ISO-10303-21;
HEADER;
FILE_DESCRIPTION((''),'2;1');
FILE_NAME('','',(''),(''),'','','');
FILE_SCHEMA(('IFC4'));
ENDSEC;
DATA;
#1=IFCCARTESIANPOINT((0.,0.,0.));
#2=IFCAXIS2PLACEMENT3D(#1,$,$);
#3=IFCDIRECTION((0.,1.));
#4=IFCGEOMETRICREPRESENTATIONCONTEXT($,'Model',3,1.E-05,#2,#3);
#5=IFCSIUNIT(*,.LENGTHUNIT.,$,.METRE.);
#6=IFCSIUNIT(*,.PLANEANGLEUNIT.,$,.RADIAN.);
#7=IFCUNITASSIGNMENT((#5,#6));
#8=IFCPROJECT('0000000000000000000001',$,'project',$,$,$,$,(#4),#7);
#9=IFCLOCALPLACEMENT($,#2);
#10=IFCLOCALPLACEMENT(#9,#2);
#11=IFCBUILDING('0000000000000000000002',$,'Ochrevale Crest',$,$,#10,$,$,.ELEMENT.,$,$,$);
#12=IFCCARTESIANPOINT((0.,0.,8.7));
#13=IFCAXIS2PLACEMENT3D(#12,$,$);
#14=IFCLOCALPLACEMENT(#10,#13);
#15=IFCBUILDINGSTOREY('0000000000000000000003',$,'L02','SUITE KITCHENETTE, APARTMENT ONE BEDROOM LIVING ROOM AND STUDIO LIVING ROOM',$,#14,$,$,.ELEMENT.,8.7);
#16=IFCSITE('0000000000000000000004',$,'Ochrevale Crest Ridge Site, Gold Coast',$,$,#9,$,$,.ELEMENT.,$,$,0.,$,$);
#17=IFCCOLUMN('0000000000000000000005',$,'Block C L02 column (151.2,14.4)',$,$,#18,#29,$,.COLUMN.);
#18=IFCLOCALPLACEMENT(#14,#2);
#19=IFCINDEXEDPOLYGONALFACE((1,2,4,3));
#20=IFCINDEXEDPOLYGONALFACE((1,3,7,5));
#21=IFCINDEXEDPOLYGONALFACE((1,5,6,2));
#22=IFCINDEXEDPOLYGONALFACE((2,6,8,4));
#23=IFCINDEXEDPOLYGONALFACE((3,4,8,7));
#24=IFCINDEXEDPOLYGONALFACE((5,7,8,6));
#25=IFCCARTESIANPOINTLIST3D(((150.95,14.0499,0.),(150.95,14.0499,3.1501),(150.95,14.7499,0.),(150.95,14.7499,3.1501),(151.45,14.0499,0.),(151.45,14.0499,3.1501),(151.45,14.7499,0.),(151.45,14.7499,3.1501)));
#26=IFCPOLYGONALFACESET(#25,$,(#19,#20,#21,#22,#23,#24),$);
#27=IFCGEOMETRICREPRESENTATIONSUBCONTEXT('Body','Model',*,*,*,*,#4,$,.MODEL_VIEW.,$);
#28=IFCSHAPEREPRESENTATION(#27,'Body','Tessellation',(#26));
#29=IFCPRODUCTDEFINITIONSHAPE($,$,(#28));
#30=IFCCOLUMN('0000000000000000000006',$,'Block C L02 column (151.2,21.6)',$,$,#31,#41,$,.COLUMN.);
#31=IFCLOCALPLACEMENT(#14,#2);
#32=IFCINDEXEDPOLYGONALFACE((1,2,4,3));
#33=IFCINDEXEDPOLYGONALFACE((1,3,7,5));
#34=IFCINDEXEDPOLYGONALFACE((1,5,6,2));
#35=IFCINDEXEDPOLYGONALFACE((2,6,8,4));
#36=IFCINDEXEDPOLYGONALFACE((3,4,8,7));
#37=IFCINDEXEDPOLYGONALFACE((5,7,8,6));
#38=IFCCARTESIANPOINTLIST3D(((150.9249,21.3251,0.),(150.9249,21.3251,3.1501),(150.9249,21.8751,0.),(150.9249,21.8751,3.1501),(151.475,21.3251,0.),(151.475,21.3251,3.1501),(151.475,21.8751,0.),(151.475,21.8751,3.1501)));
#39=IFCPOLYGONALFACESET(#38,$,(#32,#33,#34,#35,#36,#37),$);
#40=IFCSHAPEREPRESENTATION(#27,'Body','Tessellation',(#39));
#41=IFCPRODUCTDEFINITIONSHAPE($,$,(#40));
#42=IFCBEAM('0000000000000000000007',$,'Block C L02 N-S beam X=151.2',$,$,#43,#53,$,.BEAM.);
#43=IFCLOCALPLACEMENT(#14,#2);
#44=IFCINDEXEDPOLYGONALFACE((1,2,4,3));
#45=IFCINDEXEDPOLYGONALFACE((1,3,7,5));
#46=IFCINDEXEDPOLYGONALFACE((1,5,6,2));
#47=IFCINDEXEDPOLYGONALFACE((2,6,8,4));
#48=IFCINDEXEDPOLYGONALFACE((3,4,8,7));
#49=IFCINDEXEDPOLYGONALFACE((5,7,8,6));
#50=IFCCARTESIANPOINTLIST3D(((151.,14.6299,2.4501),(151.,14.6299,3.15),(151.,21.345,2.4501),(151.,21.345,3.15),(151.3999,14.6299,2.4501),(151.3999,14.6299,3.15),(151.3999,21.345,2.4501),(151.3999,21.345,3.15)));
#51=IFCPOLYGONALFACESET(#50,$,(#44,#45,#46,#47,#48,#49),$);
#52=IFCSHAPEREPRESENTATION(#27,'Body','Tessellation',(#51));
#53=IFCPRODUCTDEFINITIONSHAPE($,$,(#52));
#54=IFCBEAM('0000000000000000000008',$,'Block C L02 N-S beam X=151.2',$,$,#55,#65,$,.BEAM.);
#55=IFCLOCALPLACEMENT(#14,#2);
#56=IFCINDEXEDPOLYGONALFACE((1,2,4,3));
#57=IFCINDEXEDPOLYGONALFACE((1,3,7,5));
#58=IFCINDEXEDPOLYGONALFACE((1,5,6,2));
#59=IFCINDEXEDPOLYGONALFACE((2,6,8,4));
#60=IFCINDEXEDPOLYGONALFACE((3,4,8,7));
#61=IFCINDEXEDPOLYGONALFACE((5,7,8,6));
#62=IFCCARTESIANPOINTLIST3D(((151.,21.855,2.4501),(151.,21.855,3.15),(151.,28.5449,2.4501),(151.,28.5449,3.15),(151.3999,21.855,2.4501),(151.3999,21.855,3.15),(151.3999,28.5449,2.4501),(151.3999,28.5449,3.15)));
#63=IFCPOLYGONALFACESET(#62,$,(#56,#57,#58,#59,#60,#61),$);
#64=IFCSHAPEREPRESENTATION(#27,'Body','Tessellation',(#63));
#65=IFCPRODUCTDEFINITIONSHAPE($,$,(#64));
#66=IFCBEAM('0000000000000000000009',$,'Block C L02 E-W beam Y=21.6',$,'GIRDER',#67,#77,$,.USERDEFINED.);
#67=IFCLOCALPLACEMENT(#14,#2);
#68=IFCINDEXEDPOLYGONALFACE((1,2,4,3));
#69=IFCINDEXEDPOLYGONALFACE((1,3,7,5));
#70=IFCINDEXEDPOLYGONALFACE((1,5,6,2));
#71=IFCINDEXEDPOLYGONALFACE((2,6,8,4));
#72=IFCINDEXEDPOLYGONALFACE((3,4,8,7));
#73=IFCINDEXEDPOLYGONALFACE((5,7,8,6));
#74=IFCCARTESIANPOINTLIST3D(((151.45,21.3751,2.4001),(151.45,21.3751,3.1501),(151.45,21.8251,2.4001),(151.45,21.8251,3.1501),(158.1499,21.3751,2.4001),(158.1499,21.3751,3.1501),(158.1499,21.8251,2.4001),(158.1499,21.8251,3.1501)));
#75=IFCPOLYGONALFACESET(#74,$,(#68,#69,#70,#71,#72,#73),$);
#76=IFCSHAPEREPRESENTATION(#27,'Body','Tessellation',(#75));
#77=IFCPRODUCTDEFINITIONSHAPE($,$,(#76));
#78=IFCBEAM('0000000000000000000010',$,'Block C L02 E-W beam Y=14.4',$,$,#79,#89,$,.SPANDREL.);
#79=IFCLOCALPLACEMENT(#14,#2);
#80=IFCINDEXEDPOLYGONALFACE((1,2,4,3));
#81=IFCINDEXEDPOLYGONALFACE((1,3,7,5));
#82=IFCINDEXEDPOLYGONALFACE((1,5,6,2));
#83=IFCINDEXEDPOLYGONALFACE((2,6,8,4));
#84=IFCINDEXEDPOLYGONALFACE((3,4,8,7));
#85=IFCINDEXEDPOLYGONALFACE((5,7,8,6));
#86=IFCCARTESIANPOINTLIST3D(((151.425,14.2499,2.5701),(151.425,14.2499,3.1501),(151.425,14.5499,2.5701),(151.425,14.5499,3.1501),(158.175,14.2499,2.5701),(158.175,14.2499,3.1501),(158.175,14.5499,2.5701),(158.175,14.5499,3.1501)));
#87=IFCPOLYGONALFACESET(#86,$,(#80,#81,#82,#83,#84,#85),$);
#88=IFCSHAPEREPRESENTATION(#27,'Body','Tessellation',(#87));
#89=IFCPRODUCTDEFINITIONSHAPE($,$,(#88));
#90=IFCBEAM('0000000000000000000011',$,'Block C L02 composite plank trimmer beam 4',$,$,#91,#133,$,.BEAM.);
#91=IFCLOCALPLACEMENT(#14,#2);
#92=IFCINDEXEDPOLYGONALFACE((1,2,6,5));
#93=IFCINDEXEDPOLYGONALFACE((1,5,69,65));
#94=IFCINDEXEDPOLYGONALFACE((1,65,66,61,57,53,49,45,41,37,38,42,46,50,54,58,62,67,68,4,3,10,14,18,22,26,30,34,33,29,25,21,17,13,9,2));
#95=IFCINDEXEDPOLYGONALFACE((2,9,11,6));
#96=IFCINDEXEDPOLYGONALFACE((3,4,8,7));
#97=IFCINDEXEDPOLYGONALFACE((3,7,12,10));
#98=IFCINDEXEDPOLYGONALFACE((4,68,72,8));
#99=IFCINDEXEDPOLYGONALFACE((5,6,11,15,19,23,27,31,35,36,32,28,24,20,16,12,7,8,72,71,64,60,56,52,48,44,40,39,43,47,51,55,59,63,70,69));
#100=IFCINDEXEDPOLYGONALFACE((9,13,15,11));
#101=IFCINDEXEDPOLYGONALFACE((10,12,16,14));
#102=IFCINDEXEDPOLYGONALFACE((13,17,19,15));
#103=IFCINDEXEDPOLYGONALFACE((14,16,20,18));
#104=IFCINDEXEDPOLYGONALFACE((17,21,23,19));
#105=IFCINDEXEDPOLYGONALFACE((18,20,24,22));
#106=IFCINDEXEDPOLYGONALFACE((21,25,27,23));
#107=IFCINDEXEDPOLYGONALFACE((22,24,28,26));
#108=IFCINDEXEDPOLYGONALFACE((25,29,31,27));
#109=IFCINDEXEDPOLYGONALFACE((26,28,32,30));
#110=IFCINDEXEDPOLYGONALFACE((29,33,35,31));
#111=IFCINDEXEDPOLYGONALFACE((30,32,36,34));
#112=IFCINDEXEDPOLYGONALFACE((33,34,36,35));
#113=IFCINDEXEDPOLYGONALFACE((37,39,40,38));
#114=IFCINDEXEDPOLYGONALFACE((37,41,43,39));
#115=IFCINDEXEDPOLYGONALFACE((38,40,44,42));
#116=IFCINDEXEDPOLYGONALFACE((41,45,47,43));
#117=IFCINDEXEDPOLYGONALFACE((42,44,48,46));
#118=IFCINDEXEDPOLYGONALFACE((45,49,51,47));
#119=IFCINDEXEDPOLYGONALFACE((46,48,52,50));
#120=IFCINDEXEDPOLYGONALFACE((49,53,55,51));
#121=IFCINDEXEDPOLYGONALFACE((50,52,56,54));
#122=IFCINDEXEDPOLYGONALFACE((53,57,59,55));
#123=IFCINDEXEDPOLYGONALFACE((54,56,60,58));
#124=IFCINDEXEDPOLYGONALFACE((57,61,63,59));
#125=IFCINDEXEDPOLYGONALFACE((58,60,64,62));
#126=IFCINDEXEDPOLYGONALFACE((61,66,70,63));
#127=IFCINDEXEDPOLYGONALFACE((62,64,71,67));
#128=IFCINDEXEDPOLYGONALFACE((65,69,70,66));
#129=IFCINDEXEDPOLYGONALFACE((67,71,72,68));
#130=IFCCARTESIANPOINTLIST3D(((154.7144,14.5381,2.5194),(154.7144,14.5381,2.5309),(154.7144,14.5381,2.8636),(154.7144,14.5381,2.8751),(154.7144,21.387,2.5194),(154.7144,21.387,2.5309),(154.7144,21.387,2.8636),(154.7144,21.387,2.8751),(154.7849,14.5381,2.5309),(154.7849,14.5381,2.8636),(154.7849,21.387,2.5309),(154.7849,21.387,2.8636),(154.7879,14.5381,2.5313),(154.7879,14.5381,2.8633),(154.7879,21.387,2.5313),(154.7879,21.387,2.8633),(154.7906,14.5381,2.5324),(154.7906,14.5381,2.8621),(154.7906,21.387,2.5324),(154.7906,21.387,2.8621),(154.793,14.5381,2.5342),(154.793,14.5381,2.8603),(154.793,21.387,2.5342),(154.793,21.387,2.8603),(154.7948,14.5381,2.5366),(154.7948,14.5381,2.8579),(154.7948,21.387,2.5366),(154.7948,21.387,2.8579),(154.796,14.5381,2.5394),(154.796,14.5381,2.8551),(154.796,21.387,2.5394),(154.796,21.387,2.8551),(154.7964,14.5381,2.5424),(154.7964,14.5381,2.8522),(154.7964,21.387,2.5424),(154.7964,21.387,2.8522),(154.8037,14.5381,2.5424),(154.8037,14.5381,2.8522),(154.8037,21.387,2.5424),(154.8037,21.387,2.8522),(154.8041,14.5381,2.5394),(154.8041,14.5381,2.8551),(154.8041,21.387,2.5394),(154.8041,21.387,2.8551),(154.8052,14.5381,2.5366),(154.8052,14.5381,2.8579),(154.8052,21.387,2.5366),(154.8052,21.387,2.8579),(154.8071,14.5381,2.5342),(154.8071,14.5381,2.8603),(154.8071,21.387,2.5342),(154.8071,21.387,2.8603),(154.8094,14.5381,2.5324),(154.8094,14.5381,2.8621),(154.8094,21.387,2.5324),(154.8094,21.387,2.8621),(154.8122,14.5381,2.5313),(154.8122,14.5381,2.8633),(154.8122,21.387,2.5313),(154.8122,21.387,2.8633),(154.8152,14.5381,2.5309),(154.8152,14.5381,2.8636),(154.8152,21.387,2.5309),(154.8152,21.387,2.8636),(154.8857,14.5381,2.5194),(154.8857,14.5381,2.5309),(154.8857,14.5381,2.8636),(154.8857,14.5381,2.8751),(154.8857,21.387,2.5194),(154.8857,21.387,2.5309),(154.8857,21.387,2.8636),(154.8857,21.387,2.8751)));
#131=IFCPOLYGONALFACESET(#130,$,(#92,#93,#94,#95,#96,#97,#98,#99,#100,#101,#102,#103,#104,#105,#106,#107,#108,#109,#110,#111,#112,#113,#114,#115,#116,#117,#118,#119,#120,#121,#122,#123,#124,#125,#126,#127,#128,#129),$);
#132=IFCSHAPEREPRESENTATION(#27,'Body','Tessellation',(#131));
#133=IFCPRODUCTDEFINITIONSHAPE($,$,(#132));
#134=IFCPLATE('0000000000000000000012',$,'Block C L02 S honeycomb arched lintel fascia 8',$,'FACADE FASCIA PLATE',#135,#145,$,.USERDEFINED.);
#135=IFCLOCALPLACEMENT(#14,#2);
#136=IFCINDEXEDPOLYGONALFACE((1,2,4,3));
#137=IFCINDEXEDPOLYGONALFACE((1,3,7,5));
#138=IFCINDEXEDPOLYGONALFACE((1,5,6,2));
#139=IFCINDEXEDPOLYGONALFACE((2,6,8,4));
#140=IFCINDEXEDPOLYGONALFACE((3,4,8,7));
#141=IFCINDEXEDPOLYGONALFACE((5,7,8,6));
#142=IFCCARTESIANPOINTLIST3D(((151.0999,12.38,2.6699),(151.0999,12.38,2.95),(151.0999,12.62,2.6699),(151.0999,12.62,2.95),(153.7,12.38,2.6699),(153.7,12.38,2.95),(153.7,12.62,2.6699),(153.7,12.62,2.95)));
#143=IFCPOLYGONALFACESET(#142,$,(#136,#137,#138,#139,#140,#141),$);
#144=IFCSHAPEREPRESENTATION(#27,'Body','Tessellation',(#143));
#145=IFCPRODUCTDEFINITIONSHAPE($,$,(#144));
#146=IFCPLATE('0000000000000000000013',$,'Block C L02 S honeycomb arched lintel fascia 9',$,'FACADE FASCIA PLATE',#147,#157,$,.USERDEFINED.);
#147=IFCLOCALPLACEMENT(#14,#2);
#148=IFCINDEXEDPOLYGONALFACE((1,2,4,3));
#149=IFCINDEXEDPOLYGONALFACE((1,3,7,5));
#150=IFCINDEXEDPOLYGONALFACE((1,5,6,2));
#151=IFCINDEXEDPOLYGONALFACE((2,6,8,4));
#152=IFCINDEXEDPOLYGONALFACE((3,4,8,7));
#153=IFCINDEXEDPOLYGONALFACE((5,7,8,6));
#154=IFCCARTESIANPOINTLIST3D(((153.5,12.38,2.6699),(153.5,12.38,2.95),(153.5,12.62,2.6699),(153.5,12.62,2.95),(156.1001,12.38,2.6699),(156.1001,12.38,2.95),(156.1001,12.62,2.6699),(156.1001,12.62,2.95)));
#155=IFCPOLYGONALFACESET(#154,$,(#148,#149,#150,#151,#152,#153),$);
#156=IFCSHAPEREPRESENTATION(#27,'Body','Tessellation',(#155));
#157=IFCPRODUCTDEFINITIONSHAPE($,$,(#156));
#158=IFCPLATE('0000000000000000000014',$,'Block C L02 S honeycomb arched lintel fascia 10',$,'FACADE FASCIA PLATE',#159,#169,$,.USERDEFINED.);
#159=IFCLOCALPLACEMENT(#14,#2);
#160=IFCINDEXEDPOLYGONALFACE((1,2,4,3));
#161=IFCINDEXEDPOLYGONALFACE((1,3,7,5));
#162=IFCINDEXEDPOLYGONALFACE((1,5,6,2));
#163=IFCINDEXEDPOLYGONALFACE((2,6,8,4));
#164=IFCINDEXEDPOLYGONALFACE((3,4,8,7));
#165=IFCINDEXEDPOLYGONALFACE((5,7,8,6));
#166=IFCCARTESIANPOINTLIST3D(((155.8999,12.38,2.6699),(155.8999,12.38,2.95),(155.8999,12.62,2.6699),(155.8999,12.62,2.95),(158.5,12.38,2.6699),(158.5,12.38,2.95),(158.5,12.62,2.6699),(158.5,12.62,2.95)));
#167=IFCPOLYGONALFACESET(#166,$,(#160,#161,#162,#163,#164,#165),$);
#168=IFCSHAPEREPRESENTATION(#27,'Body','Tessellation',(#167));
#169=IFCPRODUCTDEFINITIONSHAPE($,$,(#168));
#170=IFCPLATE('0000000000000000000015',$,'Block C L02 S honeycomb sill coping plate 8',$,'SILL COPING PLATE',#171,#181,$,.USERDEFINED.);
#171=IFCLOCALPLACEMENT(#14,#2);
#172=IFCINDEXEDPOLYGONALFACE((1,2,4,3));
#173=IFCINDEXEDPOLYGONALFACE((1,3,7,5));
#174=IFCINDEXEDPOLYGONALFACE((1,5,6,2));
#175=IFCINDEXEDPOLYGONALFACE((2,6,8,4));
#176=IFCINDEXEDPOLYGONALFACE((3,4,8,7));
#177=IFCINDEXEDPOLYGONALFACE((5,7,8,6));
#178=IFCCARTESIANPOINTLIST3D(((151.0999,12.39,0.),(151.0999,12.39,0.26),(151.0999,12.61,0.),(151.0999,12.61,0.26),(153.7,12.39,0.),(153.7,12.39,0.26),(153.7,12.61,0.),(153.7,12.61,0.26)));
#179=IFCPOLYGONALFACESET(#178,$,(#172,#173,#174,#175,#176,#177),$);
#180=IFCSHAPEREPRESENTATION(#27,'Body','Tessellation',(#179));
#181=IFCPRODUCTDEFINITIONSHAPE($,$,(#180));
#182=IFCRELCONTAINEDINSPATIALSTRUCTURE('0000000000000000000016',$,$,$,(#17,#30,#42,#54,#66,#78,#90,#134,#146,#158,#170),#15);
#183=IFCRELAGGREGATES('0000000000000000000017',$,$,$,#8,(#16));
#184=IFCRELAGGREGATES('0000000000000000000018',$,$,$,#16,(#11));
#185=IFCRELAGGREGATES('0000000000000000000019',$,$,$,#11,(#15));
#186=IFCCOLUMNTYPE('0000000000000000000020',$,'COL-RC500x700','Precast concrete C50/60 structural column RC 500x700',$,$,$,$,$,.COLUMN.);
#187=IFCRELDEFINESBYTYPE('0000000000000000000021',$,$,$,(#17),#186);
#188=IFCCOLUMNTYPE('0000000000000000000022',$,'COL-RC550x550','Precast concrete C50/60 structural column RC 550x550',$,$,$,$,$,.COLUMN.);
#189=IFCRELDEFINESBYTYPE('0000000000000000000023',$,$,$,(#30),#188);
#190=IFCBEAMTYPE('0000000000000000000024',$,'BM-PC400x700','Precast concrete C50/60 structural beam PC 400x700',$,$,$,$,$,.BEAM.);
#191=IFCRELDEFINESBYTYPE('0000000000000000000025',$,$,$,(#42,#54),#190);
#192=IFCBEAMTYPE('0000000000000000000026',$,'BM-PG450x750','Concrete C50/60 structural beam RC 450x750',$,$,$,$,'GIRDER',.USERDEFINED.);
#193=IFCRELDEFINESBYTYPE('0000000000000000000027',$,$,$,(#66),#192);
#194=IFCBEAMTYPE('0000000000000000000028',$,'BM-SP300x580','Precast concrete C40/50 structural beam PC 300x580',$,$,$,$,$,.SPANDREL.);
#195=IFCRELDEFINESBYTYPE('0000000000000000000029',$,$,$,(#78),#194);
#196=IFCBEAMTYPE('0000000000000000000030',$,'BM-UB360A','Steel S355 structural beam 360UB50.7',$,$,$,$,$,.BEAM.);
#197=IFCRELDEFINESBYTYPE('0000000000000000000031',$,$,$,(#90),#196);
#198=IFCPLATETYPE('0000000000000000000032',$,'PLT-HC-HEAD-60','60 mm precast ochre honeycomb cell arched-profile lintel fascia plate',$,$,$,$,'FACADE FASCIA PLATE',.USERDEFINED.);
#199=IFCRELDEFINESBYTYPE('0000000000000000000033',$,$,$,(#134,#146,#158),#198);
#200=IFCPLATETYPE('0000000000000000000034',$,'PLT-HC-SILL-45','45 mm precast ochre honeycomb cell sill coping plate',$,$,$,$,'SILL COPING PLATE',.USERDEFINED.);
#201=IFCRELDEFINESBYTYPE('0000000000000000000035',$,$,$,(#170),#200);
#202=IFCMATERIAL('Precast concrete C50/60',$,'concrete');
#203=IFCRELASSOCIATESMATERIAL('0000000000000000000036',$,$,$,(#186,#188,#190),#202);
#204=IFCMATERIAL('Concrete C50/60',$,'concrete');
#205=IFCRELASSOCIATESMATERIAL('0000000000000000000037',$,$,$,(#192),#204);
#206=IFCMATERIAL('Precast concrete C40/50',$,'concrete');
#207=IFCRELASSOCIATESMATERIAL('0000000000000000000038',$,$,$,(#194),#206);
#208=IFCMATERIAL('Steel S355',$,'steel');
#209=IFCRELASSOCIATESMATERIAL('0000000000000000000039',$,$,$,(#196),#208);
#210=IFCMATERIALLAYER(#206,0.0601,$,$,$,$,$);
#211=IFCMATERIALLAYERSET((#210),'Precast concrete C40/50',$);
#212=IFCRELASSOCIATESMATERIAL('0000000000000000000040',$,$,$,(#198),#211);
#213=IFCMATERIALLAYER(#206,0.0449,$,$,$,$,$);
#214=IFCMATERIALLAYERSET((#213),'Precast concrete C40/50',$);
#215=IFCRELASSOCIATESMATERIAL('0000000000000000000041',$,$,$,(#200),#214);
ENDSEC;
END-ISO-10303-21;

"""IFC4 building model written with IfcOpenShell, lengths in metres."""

from ifc_helpers import new_model, si_unit, direction, frame, origin, origin_2d, place, context, subcontext, project, spatial, rectangle, i_section, extrude, material, layer, layer_set, material_profile, profile_set, type_object, element, save


model = new_model("IFC4")

# Units and contexts
model_context = context("Model", 3, precision=1e-05, world=origin(), true_north=direction((0.0, 1.0)))
body_context = subcontext(model_context, "Body", "Model", "MODEL_VIEW")
ifc_project = project(units=[si_unit("LENGTHUNIT", "METRE"), si_unit("PLANEANGLEUNIT", "RADIAN")], contexts=[model_context])

# Site, building, storey
site_placement = place(None, origin())
site = spatial("IfcSite", under=ifc_project, at=site_placement, Name="Ochrevale Crest Ridge Site, Gold Coast", CompositionType="ELEMENT", RefElevation=0.0)
building_placement = place(site_placement, origin())
building = spatial("IfcBuilding", under=site, at=building_placement, Name="Ochrevale Crest", CompositionType="ELEMENT")
storey_placement = place(building_placement, frame((0.0, 0.0, 8.7)))
storey = spatial("IfcBuildingStorey", under=building, at=storey_placement, Name="L02", Description="SUITE KITCHENETTE, APARTMENT ONE BEDROOM LIVING ROOM AND STUDIO LIVING ROOM", CompositionType="ELEMENT", Elevation=8.7)

# Columns
ifc_material_1 = material(Name="Precast concrete C50/60", Category="concrete")
ifc_material_profile_1 = material_profile(ifc_material_1, rectangle(XDim=0.5, YDim=0.7, at=origin_2d()), Name="RC 500x700")
ifc_profile_set_1 = profile_set([ifc_material_profile_1], Name="Precast concrete C50/60")
column_type_1 = type_object("IfcColumnType", Name="COL-RC500x700", Description="Precast concrete C50/60 structural column RC 500x700", PredefinedType="COLUMN", material=ifc_profile_set_1)
column_1_placement = place(storey_placement, frame((151.2, 14.3999, 0.0), z_axis=(0.0, 0.0, 1.0), x_axis=(1.0, 0.0, 0.0)))
element("IfcColumn", 1, at=column_1_placement, inside=storey, type_object=column_type_1, Name="Block C L02 column (151.2,14.4)", PredefinedType="COLUMN", context=body_context, shape_type="SweptSolid", body=[
    extrude(rectangle(XDim=0.5, YDim=0.7, at=origin_2d()), origin(), (0.0, 0.0, 1.0), 3.1501),
])
ifc_material_profile_2 = material_profile(ifc_material_1, rectangle(XDim=0.55, YDim=0.55, at=origin_2d()), Name="RC 550x550")
ifc_profile_set_2 = profile_set([ifc_material_profile_2], Name="Precast concrete C50/60")
column_type_2 = type_object("IfcColumnType", Name="COL-RC550x550", Description="Precast concrete C50/60 structural column RC 550x550", PredefinedType="COLUMN", material=ifc_profile_set_2)
column_2_placement = place(storey_placement, frame((151.2, 21.6001, 0.0), z_axis=(0.0, 0.0, 1.0), x_axis=(1.0, 0.0, 0.0)))
element("IfcColumn", 2, at=column_2_placement, inside=storey, type_object=column_type_2, Name="Block C L02 column (151.2,21.6)", PredefinedType="COLUMN", context=body_context, shape_type="SweptSolid", body=[
    extrude(rectangle(XDim=0.55, YDim=0.55, at=origin_2d()), origin(), (0.0, 0.0, 1.0), 3.1501),
])

# Beams
ifc_material_profile_3 = material_profile(ifc_material_1, rectangle(XDim=0.3999, YDim=0.7, at=origin_2d()), Name="PC 400x700")
ifc_profile_set_3 = profile_set([ifc_material_profile_3], Name="Precast concrete C50/60")
beam_type_1 = type_object("IfcBeamType", Name="BM-PC400x700", Description="Precast concrete C50/60 structural beam PC 400x700", PredefinedType="BEAM", material=ifc_profile_set_3)
beam_1_placement = place(storey_placement, frame((151.2, 14.6299, 2.8), z_axis=(0.0, 1.0, 0.0), x_axis=(-1.0, 0.0, 0.0)))
element("IfcBeam", 3, at=beam_1_placement, inside=storey, type_object=beam_type_1, Name="Block C L02 N-S beam X=151.2", PredefinedType="BEAM", context=body_context, shape_type="SweptSolid", body=[
    extrude(rectangle(XDim=0.3999, YDim=0.7, at=origin_2d()), origin(), (0.0, 0.0, 1.0), 6.7151),
])
beam_2_placement = place(storey_placement, frame((151.2, 21.855, 2.8), z_axis=(0.0, 1.0, 0.0), x_axis=(-1.0, 0.0, 0.0)))
element("IfcBeam", 4, at=beam_2_placement, inside=storey, type_object=beam_type_1, Name="Block C L02 N-S beam X=151.2", PredefinedType="BEAM", context=body_context, shape_type="SweptSolid", body=[
    extrude(rectangle(XDim=0.3999, YDim=0.7, at=origin_2d()), origin(), (0.0, 0.0, 1.0), 6.6899),
])
ifc_material_2 = material(Name="Concrete C50/60", Category="concrete")
ifc_material_profile_4 = material_profile(ifc_material_2, rectangle(XDim=0.45, YDim=0.75, at=origin_2d()), Name="RC 450x750")
ifc_profile_set_4 = profile_set([ifc_material_profile_4], Name="Concrete C50/60")
beam_type_2 = type_object("IfcBeamType", Name="BM-PG450x750", Description="Concrete C50/60 structural beam RC 450x750", ElementType="GIRDER", PredefinedType="USERDEFINED", material=ifc_profile_set_4)
beam_3_placement = place(storey_placement, frame((151.45, 21.6001, 2.7751), z_axis=(1.0, 0.0, 0.0), x_axis=(0.0, 1.0, 0.0)))
element("IfcBeam", 5, at=beam_3_placement, inside=storey, type_object=beam_type_2, Name="Block C L02 E-W beam Y=21.6", ObjectType="GIRDER", PredefinedType="USERDEFINED", context=body_context, shape_type="SweptSolid", body=[
    extrude(rectangle(XDim=0.45, YDim=0.75, at=origin_2d()), origin(), (0.0, 0.0, 1.0), 6.7),
])
ifc_material_3 = material(Name="Precast concrete C40/50", Category="concrete")
ifc_material_profile_5 = material_profile(ifc_material_3, rectangle(XDim=0.3, YDim=0.5801, at=origin_2d()), Name="PC 300x580")
ifc_profile_set_5 = profile_set([ifc_material_profile_5], Name="Precast concrete C40/50")
beam_type_3 = type_object("IfcBeamType", Name="BM-SP300x580", Description="Precast concrete C40/50 structural beam PC 300x580", PredefinedType="SPANDREL", material=ifc_profile_set_5)
beam_4_placement = place(storey_placement, frame((151.425, 14.3999, 2.8601), z_axis=(1.0, 0.0, 0.0), x_axis=(0.0, 1.0, 0.0)))
element("IfcBeam", 6, at=beam_4_placement, inside=storey, type_object=beam_type_3, Name="Block C L02 E-W beam Y=14.4", PredefinedType="SPANDREL", context=body_context, shape_type="SweptSolid", body=[
    extrude(rectangle(XDim=0.3, YDim=0.5801, at=origin_2d()), origin(), (0.0, 0.0, 1.0), 6.75),
])
ifc_material_4 = material(Name="Steel S355", Category="steel")
ifc_material_profile_6 = material_profile(ifc_material_4, i_section(OverallWidth=0.1714, OverallDepth=0.3557, WebThickness=0.0073, FlangeThickness=0.0115, FilletRadius=0.0115, at=origin_2d()), Name="360UB50.7")
ifc_profile_set_6 = profile_set([ifc_material_profile_6], Name="Steel S355")
beam_type_4 = type_object("IfcBeamType", Name="BM-UB360A", Description="Steel S355 structural beam 360UB50.7", PredefinedType="BEAM", material=ifc_profile_set_6)
beam_5_placement = place(storey_placement, frame((154.8, 14.5381, 2.6973), z_axis=(0.0, 1.0, 0.0), x_axis=(-1.0, 0.0, 0.0)))
element("IfcBeam", 7, at=beam_5_placement, inside=storey, type_object=beam_type_4, Name="Block C L02 composite plank trimmer beam 4", PredefinedType="BEAM", context=body_context, shape_type="SweptSolid", body=[
    extrude(i_section(OverallWidth=0.1714, OverallDepth=0.3557, WebThickness=0.0073, FlangeThickness=0.0115, FilletRadius=0.0115, at=origin_2d()), origin(), (0.0, 0.0, 1.0), 6.8489),
])

# Plates
ifc_layer_1 = layer(ifc_material_3, 0.0601)
ifc_layer_set_1 = layer_set([ifc_layer_1], Name="Precast concrete C40/50")
plate_type_1 = type_object("IfcPlateType", Name="PLT-HC-HEAD-60", Description="60 mm precast ochre honeycomb cell arched-profile lintel fascia plate", ElementType="FACADE FASCIA PLATE", PredefinedType="USERDEFINED", material=ifc_layer_set_1)
for number, where, z_axis, x_axis, name in (
    (8, (152.3999, 12.5, 2.6699), (0.0, 0.0, 1.0), (1.0, 0.0, 0.0), "Block C L02 S honeycomb arched lintel fascia 8"),
    (9, (154.8, 12.5, 2.6699), (0.0, 0.0, 1.0), (1.0, 0.0, 0.0), "Block C L02 S honeycomb arched lintel fascia 9"),
    (10, (157.2, 12.5, 2.6699), (0.0, 0.0, 1.0), (1.0, 0.0, 0.0), "Block C L02 S honeycomb arched lintel fascia 10"),
):
    element("IfcPlate", number, at=place(storey_placement, frame(where, z_axis=z_axis, x_axis=x_axis)), inside=storey, type_object=plate_type_1, Name=name, ObjectType="FACADE FASCIA PLATE", PredefinedType="USERDEFINED", context=body_context, shape_type="SweptSolid", body=[
        extrude(rectangle(XDim=2.6001, YDim=0.24, at=origin_2d()), origin(), (0.0, 0.0, 1.0), 0.28),
    ])
ifc_layer_2 = layer(ifc_material_3, 0.0449)
ifc_layer_set_2 = layer_set([ifc_layer_2], Name="Precast concrete C40/50")
plate_type_2 = type_object("IfcPlateType", Name="PLT-HC-SILL-45", Description="45 mm precast ochre honeycomb cell sill coping plate", ElementType="SILL COPING PLATE", PredefinedType="USERDEFINED", material=ifc_layer_set_2)
for number, where, z_axis, x_axis, name in (
    (11, (152.3999, 12.5, 0.0), (0.0, 0.0, 1.0), (1.0, 0.0, 0.0), "Block C L02 S honeycomb sill coping plate 8"),
):
    element("IfcPlate", number, at=place(storey_placement, frame(where, z_axis=z_axis, x_axis=x_axis)), inside=storey, type_object=plate_type_2, Name=name, ObjectType="SILL COPING PLATE", PredefinedType="USERDEFINED", context=body_context, shape_type="SweptSolid", body=[
        extrude(rectangle(XDim=2.6001, YDim=0.22, at=origin_2d()), origin(), (0.0, 0.0, 1.0), 0.26),
    ])

save(model, "model.ifc")
